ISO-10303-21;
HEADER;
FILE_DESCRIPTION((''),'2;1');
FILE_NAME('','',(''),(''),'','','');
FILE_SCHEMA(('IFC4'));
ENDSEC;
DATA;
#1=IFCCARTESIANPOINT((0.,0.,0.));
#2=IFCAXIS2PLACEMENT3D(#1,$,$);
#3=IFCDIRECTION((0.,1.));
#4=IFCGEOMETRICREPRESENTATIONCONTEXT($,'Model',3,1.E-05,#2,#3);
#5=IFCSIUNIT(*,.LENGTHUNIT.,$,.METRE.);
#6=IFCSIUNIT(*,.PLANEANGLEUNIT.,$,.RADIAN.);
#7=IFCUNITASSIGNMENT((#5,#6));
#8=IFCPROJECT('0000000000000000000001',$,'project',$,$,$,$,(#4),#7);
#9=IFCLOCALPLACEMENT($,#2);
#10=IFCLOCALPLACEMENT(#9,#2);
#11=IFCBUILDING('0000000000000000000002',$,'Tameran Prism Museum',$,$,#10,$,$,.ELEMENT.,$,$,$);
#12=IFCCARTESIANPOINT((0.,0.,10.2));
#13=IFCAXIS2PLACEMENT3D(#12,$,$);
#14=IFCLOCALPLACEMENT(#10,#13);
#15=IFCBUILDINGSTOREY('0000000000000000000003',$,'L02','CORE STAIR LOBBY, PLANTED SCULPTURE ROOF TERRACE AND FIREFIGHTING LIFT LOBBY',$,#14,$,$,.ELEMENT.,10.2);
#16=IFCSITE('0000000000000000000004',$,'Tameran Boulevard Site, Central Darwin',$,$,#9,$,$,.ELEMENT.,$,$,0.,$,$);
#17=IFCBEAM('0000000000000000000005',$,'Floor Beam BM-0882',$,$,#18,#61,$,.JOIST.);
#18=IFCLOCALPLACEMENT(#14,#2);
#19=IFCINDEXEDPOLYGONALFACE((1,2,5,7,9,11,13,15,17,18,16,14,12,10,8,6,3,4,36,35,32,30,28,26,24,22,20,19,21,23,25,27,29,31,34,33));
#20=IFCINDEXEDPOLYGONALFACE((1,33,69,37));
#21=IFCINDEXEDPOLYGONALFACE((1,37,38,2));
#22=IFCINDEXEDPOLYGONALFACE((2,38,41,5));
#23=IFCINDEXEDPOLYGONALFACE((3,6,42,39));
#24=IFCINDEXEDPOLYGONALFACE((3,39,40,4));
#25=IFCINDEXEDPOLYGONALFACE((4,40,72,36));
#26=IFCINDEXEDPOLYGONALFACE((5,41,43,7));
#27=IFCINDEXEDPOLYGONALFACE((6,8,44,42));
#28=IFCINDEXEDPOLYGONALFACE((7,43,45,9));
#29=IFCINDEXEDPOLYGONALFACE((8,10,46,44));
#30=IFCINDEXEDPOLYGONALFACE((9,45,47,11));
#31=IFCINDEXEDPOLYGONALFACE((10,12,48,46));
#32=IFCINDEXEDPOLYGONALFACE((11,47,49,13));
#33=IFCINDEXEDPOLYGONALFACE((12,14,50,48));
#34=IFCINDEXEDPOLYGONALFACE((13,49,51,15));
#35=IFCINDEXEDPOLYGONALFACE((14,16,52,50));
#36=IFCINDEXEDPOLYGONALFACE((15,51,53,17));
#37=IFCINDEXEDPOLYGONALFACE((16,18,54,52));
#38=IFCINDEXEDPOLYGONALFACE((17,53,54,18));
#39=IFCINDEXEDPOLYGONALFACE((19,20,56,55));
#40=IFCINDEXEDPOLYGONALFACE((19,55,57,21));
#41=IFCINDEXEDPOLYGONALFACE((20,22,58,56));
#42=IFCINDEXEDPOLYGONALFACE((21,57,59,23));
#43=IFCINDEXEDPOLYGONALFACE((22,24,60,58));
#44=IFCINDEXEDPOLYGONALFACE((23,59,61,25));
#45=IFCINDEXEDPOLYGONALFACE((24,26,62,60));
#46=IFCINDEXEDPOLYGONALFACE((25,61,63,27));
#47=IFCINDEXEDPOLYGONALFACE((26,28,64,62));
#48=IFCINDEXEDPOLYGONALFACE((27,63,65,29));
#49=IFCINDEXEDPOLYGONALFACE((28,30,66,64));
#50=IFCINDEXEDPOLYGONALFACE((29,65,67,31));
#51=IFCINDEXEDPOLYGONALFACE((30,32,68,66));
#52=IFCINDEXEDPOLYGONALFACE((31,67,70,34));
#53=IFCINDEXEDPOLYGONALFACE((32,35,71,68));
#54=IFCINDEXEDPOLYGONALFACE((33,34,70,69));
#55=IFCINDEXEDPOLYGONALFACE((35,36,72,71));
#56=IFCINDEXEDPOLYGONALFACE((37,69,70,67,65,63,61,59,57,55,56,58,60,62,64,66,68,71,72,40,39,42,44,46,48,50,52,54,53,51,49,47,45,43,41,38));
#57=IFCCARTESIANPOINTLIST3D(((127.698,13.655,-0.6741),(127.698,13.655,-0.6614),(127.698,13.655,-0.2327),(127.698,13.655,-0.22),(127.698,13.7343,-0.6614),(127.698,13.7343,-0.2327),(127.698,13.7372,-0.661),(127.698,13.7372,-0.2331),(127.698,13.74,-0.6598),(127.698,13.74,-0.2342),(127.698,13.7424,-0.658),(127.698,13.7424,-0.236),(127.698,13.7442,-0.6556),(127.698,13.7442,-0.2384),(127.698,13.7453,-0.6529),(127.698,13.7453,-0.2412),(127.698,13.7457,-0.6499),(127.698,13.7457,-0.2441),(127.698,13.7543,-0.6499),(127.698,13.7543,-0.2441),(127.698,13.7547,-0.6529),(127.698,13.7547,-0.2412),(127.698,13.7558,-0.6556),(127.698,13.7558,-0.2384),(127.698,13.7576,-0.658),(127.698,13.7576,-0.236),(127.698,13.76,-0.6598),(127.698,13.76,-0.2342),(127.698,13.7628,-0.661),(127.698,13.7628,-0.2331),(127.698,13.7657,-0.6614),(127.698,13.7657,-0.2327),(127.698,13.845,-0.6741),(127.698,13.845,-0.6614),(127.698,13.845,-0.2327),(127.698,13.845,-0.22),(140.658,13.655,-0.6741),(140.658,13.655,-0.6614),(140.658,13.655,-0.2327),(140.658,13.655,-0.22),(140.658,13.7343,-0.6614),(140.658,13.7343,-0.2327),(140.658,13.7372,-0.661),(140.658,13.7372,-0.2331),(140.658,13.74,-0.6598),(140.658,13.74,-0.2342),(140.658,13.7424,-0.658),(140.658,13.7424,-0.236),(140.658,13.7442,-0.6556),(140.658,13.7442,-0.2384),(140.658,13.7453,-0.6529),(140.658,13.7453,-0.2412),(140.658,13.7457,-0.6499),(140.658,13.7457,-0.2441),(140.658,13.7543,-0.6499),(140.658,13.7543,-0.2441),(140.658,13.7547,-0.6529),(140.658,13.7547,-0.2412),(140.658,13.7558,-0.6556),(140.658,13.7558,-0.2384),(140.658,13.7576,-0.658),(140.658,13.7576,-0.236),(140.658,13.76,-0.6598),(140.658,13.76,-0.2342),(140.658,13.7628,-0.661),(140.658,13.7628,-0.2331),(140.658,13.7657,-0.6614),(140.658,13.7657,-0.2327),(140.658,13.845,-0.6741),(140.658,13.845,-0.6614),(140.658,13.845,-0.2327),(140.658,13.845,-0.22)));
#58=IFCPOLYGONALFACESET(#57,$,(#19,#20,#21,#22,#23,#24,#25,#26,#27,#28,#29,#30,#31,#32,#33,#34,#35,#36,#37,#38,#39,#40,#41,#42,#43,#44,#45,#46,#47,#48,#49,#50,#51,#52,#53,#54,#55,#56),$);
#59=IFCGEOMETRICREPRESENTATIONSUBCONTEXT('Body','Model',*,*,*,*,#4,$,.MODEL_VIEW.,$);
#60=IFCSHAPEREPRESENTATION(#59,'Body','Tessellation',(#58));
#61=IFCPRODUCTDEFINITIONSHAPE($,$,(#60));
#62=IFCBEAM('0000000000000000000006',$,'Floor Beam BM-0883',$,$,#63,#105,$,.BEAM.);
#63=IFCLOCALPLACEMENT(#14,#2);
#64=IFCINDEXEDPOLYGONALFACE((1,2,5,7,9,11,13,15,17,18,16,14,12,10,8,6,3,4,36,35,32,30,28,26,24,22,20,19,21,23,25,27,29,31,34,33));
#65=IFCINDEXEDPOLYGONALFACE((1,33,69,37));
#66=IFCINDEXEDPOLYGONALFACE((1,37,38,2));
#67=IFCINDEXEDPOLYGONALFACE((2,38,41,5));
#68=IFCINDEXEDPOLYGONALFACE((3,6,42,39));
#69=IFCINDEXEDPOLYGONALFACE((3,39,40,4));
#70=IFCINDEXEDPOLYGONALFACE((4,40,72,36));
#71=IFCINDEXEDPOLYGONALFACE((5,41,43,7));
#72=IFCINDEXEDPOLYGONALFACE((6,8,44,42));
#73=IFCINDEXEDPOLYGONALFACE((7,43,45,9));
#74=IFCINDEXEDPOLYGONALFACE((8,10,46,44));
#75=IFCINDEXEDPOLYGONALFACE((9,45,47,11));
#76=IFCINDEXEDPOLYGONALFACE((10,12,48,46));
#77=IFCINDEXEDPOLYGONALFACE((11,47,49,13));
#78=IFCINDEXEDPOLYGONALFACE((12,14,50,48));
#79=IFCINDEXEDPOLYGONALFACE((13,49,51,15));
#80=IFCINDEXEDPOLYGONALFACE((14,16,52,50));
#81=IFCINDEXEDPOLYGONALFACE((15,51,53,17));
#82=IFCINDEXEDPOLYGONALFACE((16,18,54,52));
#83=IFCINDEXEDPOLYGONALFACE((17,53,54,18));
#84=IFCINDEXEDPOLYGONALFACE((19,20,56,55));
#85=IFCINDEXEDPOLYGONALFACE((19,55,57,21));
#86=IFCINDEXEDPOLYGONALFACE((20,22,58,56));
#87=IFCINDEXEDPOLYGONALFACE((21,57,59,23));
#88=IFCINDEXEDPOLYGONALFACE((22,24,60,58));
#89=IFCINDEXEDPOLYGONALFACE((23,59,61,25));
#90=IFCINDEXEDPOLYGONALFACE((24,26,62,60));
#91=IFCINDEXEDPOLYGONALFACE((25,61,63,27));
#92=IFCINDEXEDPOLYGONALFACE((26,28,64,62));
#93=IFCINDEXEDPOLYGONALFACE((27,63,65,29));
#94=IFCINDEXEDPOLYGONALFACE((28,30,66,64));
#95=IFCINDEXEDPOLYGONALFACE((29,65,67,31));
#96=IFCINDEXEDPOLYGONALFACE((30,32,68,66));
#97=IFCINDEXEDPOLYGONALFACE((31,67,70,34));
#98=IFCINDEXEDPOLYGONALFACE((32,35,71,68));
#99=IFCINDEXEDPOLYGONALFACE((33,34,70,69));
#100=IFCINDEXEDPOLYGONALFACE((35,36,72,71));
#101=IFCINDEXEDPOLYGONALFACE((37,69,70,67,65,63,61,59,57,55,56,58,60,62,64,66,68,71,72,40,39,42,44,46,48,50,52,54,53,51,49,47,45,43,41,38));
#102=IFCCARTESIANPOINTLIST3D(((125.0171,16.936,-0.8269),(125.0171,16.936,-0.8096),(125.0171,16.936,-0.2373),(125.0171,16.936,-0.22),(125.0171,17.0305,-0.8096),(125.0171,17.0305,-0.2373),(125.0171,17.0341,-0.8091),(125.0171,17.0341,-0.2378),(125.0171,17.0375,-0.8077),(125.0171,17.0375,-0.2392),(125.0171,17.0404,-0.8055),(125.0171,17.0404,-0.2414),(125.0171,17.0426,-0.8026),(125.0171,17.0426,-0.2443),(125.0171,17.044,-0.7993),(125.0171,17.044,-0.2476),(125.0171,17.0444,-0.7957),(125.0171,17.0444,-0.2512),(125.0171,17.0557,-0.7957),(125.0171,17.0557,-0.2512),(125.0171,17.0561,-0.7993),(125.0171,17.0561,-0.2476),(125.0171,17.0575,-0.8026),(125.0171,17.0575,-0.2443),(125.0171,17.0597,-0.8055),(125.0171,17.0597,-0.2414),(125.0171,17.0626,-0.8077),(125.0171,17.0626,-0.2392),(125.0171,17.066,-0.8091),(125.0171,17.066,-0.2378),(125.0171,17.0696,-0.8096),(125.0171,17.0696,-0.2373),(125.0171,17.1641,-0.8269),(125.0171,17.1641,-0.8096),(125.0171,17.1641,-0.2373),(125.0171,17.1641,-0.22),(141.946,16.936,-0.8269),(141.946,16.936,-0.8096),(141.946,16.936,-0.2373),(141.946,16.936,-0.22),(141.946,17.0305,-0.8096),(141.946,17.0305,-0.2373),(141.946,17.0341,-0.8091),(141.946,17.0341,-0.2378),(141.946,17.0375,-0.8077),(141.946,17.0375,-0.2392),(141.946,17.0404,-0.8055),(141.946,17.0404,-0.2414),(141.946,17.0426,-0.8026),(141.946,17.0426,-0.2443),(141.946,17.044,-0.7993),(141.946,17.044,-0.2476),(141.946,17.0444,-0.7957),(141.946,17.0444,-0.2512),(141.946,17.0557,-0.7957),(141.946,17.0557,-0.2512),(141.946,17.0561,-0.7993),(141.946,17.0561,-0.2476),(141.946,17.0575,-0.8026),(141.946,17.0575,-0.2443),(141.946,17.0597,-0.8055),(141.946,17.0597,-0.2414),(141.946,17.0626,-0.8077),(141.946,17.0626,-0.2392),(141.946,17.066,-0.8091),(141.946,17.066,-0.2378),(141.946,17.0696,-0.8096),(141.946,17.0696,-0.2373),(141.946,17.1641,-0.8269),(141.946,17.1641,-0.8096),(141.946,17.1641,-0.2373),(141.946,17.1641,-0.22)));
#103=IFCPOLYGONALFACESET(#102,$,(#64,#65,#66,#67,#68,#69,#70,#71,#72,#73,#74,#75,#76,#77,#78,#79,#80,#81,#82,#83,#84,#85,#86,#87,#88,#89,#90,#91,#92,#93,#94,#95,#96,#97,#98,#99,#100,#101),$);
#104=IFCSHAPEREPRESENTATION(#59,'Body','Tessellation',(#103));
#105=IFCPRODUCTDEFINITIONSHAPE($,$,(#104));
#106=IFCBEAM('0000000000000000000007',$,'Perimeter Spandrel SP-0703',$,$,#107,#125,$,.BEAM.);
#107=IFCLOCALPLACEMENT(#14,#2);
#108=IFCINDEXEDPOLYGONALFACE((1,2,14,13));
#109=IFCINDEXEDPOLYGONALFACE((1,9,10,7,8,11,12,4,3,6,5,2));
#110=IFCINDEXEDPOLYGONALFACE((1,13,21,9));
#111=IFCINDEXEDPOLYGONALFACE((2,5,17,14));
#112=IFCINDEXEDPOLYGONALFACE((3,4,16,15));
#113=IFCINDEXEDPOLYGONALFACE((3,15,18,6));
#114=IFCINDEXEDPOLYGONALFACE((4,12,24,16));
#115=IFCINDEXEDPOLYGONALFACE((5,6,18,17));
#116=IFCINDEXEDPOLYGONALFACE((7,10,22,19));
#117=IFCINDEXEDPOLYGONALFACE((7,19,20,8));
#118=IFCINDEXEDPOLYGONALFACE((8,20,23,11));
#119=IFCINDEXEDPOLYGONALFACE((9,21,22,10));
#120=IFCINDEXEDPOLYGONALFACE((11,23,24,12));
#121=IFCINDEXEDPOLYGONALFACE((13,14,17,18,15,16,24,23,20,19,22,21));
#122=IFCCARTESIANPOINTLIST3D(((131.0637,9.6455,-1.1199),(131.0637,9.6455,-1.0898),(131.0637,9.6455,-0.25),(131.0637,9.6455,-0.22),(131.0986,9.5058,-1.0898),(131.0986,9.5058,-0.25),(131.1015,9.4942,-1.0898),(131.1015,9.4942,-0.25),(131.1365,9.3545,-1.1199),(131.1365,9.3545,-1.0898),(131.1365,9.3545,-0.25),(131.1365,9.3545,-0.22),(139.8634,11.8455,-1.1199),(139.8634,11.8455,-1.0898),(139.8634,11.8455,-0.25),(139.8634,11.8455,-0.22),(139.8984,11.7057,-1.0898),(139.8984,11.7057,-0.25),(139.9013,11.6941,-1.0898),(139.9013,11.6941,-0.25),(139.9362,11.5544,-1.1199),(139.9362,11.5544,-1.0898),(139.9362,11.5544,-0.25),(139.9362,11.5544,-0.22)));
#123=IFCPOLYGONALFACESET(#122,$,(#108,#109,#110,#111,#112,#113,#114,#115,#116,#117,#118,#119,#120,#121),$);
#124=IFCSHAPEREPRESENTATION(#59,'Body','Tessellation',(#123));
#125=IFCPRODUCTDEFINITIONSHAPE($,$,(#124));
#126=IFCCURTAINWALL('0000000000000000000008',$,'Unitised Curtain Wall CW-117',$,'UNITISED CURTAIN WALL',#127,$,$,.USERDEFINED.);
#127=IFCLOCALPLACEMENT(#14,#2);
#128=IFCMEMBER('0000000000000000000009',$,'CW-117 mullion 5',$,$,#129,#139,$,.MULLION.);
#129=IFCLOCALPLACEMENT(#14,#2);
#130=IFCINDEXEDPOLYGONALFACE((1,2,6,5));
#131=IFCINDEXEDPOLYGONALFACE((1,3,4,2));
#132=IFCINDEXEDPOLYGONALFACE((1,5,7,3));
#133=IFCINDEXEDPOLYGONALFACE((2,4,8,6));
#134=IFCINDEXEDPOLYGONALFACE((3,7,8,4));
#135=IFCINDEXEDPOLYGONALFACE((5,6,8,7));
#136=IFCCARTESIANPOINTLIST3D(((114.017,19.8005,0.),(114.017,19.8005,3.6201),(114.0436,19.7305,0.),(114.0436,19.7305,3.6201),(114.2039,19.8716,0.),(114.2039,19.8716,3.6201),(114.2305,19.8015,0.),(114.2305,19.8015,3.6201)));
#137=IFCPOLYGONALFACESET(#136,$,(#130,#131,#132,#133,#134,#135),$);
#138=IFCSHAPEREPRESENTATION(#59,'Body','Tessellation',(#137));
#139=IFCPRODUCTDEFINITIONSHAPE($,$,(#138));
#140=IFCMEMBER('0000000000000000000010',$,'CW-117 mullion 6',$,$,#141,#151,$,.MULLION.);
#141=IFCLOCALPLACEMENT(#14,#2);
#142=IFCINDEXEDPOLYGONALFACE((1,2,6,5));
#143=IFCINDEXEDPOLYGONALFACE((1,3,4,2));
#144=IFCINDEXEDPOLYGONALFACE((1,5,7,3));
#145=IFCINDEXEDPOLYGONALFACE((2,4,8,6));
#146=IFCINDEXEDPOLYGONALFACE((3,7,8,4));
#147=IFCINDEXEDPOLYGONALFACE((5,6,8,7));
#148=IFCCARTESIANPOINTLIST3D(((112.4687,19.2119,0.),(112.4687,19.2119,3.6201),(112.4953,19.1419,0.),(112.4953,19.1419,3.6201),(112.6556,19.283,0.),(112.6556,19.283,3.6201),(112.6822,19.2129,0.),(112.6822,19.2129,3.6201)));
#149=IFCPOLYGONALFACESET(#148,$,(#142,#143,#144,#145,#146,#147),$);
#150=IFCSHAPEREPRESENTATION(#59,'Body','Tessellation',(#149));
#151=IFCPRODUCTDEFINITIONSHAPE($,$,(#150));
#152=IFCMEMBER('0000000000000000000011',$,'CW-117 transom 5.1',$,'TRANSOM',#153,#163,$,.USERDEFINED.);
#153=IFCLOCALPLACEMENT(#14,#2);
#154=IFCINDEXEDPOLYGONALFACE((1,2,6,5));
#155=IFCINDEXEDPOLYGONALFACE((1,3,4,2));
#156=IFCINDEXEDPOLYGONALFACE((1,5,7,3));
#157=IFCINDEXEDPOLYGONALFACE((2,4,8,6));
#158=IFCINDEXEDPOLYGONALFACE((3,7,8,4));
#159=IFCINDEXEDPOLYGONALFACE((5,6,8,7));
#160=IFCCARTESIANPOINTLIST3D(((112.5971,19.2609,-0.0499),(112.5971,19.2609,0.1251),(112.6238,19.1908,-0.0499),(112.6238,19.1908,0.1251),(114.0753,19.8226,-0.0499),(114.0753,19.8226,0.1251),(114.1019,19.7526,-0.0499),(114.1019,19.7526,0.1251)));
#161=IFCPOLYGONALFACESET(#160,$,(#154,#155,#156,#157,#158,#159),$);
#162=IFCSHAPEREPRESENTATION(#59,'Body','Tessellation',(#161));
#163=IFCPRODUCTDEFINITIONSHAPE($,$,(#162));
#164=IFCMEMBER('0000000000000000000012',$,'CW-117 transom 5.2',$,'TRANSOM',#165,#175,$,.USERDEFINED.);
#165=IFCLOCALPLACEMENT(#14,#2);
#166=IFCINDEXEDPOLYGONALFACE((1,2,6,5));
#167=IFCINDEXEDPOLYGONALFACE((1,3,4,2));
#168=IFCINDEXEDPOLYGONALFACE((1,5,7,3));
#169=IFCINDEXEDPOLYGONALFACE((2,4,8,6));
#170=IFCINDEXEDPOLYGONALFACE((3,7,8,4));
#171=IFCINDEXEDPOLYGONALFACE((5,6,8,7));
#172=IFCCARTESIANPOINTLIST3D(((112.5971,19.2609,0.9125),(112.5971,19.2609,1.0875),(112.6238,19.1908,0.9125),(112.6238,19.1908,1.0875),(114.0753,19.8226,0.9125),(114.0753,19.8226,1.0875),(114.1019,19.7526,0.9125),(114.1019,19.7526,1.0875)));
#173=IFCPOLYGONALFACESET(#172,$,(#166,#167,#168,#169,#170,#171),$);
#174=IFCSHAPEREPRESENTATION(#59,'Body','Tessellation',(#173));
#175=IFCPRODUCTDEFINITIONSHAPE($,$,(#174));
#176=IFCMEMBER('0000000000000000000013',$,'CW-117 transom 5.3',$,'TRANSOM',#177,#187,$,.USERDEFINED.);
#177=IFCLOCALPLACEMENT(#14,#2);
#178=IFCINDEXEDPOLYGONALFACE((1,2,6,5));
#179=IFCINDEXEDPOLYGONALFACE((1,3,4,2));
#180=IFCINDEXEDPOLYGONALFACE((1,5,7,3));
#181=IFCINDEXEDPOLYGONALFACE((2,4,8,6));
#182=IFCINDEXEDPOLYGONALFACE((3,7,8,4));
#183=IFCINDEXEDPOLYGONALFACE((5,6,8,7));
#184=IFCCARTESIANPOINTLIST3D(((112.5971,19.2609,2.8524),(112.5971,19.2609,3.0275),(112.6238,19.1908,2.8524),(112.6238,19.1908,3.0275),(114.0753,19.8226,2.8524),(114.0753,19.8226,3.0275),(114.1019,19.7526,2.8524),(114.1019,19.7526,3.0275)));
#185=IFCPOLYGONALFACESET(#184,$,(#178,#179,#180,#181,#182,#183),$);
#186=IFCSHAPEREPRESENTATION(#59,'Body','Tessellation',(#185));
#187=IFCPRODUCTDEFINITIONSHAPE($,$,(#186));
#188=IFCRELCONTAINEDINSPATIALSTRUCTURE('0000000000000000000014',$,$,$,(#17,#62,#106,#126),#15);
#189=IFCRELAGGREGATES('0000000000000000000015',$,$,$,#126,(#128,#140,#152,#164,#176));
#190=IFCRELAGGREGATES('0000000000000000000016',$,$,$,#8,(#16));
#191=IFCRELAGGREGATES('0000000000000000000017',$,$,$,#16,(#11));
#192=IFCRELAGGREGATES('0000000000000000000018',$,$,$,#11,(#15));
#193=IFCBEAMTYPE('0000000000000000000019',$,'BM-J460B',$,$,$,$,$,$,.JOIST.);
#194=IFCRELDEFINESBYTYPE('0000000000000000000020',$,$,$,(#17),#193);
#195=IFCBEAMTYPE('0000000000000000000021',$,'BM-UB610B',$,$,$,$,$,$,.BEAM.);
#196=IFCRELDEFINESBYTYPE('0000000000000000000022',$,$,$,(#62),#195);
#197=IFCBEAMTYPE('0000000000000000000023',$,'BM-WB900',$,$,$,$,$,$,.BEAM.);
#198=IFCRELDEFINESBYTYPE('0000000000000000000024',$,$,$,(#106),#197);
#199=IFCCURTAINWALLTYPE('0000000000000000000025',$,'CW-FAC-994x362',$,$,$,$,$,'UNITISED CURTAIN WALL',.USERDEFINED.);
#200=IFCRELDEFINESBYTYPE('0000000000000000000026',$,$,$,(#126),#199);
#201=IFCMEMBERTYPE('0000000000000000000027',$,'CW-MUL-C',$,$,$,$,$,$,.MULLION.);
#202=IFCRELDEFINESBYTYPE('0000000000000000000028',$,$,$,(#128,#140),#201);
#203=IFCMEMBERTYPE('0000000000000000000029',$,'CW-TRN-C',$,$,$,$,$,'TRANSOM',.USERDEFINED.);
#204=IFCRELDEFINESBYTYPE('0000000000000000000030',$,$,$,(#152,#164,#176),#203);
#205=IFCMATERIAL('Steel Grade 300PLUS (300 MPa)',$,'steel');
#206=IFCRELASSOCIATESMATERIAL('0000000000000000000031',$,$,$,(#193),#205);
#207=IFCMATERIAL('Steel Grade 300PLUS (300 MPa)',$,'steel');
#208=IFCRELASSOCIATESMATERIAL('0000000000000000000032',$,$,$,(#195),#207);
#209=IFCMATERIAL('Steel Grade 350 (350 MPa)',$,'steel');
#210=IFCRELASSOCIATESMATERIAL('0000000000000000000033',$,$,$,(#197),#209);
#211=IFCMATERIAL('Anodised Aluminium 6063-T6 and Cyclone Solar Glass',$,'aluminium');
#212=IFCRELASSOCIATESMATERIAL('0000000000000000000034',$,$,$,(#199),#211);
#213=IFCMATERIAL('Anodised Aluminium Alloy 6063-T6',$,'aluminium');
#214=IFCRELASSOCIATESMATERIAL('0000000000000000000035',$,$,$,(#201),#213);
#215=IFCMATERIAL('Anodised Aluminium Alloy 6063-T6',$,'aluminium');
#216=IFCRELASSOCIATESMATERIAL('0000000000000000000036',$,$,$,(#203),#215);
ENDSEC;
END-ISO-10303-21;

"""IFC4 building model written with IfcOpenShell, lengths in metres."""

from ifc_helpers import new_model, si_unit, direction, frame, origin, origin_2d, place, context, subcontext, project, spatial, rectangle, i_section, extrude, material, material_profile, profile_set, type_object, element, aggregate, save


model = new_model("IFC4")

# Units and contexts
model_context = context("Model", 3, precision=1e-05, world=origin(), true_north=direction((0.0, 1.0)))
body_context = subcontext(model_context, "Body", "Model", "MODEL_VIEW")
ifc_project = project(units=[si_unit("LENGTHUNIT", "METRE"), si_unit("PLANEANGLEUNIT", "RADIAN")], contexts=[model_context])

# Site, building, storey
site_placement = place(None, origin())
site = spatial("IfcSite", under=ifc_project, at=site_placement, Name="Tameran Boulevard Site, Central Darwin", CompositionType="ELEMENT", RefElevation=0.0)
building_placement = place(site_placement, origin())
building = spatial("IfcBuilding", under=site, at=building_placement, Name="Tameran Prism Museum", CompositionType="ELEMENT")
storey_placement = place(building_placement, frame((0.0, 0.0, 10.2)))
storey = spatial("IfcBuildingStorey", under=building, at=storey_placement, Name="L02", Description="CORE STAIR LOBBY, PLANTED SCULPTURE ROOF TERRACE AND FIREFIGHTING LIFT LOBBY", CompositionType="ELEMENT", Elevation=10.2)

# Beams
ifc_material_1 = material(Name="Steel Grade 300PLUS (300 MPa)", Category="steel")
ifc_material_profile_1 = material_profile(ifc_material_1, i_section(OverallWidth=0.1899, OverallDepth=0.4541, WebThickness=0.0085, FlangeThickness=0.0127, FilletRadius=0.0115, at=origin_2d()))
ifc_profile_set_1 = profile_set([ifc_material_profile_1])
beam_type_1 = type_object("IfcBeamType", Name="BM-J460B", PredefinedType="JOIST", material=ifc_profile_set_1)
beam_1_placement = place(storey_placement, frame((127.698, 13.75, -0.447), z_axis=(1.0, 0.0, 0.0), x_axis=(0.0, 1.0, 0.0)))
element("IfcBeam", 1, at=beam_1_placement, inside=storey, type_object=beam_type_1, Name="Floor Beam BM-0882", PredefinedType="JOIST", context=body_context, shape_type="SweptSolid", body=[
    extrude(i_section(OverallWidth=0.1899, OverallDepth=0.4541, WebThickness=0.0085, FlangeThickness=0.0127, FilletRadius=0.0115, at=origin_2d()), origin(), (0.0, 0.0, 1.0), 12.96),
])
ifc_material_2 = material(Name="Steel Grade 300PLUS (300 MPa)", Category="steel")
ifc_material_profile_2 = material_profile(ifc_material_2, i_section(OverallWidth=0.228, OverallDepth=0.6069, WebThickness=0.0112, FlangeThickness=0.0173, FilletRadius=0.0139, at=origin_2d()))
ifc_profile_set_2 = profile_set([ifc_material_profile_2])
beam_type_2 = type_object("IfcBeamType", Name="BM-UB610B", PredefinedType="BEAM", material=ifc_profile_set_2)
beam_2_placement = place(storey_placement, frame((125.0171, 17.05, -0.5234), z_axis=(1.0, 0.0, 0.0), x_axis=(0.0, 1.0, 0.0)))
element("IfcBeam", 2, at=beam_2_placement, inside=storey, type_object=beam_type_2, Name="Floor Beam BM-0883", PredefinedType="BEAM", context=body_context, shape_type="SweptSolid", body=[
    extrude(i_section(OverallWidth=0.228, OverallDepth=0.6069, WebThickness=0.0112, FlangeThickness=0.0173, FilletRadius=0.0139, at=origin_2d()), origin(), (0.0, 0.0, 1.0), 16.929),
])
ifc_material_3 = material(Name="Steel Grade 350 (350 MPa)", Category="steel")
ifc_material_profile_3 = material_profile(ifc_material_3, i_section(OverallWidth=0.3, OverallDepth=0.8999, WebThickness=0.012, FlangeThickness=0.03, at=origin_2d()))
ifc_profile_set_3 = profile_set([ifc_material_profile_3])
beam_type_3 = type_object("IfcBeamType", Name="BM-WB900", PredefinedType="BEAM", material=ifc_profile_set_3)
beam_3_placement = place(storey_placement, frame((131.1001, 9.5, -0.6699), z_axis=(0.970143, 0.242536, 0.0), x_axis=(-0.242536, 0.970143, 0.0)))
element("IfcBeam", 3, at=beam_3_placement, inside=storey, type_object=beam_type_3, Name="Perimeter Spandrel SP-0703", PredefinedType="BEAM", context=body_context, shape_type="SweptSolid", body=[
    extrude(i_section(OverallWidth=0.3, OverallDepth=0.8999, WebThickness=0.012, FlangeThickness=0.03, at=origin_2d()), origin(), (0.0, 0.0, 1.0), 9.0706),
])

# Curtain wall, members
ifc_material_4 = material(Name="Anodised Aluminium 6063-T6 and Cyclone Solar Glass", Category="aluminium")
curtain_wall_type = type_object("IfcCurtainWallType", Name="CW-FAC-994x362", ElementType="UNITISED CURTAIN WALL", PredefinedType="USERDEFINED", material=ifc_material_4)
curtain_wall_placement = place(storey_placement, origin())
curtain_wall = element("IfcCurtainWall", 4, at=curtain_wall_placement, inside=storey, type_object=curtain_wall_type, Name="Unitised Curtain Wall CW-117", ObjectType="UNITISED CURTAIN WALL", PredefinedType="USERDEFINED")
ifc_material_5 = material(Name="Anodised Aluminium Alloy 6063-T6", Category="aluminium")
ifc_material_profile_4 = material_profile(ifc_material_5, rectangle(XDim=0.075, YDim=0.2, at=origin_2d()))
ifc_profile_set_4 = profile_set([ifc_material_profile_4])
member_type_1 = type_object("IfcMemberType", Name="CW-MUL-C", PredefinedType="MULLION", material=ifc_profile_set_4)
member_1_placement = place(storey_placement, frame((114.1238, 19.801, 0.0), z_axis=(0.0, 0.0, 1.0), x_axis=(0.355288, -0.934757, 0.0)))
member_1 = element("IfcMember", 5, at=member_1_placement, type_object=member_type_1, Name="CW-117 mullion 5", PredefinedType="MULLION", context=body_context, shape_type="SweptSolid", body=[
    extrude(rectangle(XDim=0.075, YDim=0.2, at=origin_2d()), origin(), (0.0, 0.0, 1.0), 3.6201),
])
member_2_placement = place(storey_placement, frame((112.5754, 19.2124, 0.0), z_axis=(0.0, 0.0, 1.0), x_axis=(0.355288, -0.934757, 0.0)))
member_2 = element("IfcMember", 6, at=member_2_placement, type_object=member_type_1, Name="CW-117 mullion 6", PredefinedType="MULLION", context=body_context, shape_type="SweptSolid", body=[
    extrude(rectangle(XDim=0.075, YDim=0.2, at=origin_2d()), origin(), (0.0, 0.0, 1.0), 3.6201),
])
ifc_material_6 = material(Name="Anodised Aluminium Alloy 6063-T6", Category="aluminium")
ifc_material_profile_5 = material_profile(ifc_material_6, rectangle(XDim=0.075, YDim=0.175, at=origin_2d()))
ifc_profile_set_5 = profile_set([ifc_material_profile_5])
member_type_2 = type_object("IfcMemberType", Name="CW-TRN-C", ElementType="TRANSOM", PredefinedType="USERDEFINED", material=ifc_profile_set_5)
member_3_placement = place(storey_placement, frame((114.0886, 19.7876, 0.0376), z_axis=(-0.934778, -0.355231, 0.0), x_axis=(0.355231, -0.934778, 0.0)))
member_3 = element("IfcMember", 7, at=member_3_placement, type_object=member_type_2, Name="CW-117 transom 5.1", ObjectType="TRANSOM", PredefinedType="USERDEFINED", context=body_context, shape_type="SweptSolid", body=[
    extrude(rectangle(XDim=0.075, YDim=0.175, at=origin_2d()), origin(), (0.0, 0.0, 1.0), 1.5813),
])
member_4_placement = place(storey_placement, frame((114.0886, 19.7876, 1.0), z_axis=(-0.934778, -0.355231, 0.0), x_axis=(0.355231, -0.934778, 0.0)))
member_4 = element("IfcMember", 8, at=member_4_placement, type_object=member_type_2, Name="CW-117 transom 5.2", ObjectType="TRANSOM", PredefinedType="USERDEFINED", context=body_context, shape_type="SweptSolid", body=[
    extrude(rectangle(XDim=0.075, YDim=0.175, at=origin_2d()), origin(), (0.0, 0.0, 1.0), 1.5813),
])
member_5_placement = place(storey_placement, frame((114.0886, 19.7876, 2.9399), z_axis=(-0.934778, -0.355231, 0.0), x_axis=(0.355231, -0.934778, 0.0)))
member_5 = element("IfcMember", 9, at=member_5_placement, type_object=member_type_2, Name="CW-117 transom 5.3", ObjectType="TRANSOM", PredefinedType="USERDEFINED", context=body_context, shape_type="SweptSolid", body=[
    extrude(rectangle(XDim=0.075, YDim=0.175, at=origin_2d()), origin(), (0.0, 0.0, 1.0), 1.5813),
])

aggregate(curtain_wall, [member_1, member_2, member_3, member_4, member_5])

save(model, "model.ifc")
